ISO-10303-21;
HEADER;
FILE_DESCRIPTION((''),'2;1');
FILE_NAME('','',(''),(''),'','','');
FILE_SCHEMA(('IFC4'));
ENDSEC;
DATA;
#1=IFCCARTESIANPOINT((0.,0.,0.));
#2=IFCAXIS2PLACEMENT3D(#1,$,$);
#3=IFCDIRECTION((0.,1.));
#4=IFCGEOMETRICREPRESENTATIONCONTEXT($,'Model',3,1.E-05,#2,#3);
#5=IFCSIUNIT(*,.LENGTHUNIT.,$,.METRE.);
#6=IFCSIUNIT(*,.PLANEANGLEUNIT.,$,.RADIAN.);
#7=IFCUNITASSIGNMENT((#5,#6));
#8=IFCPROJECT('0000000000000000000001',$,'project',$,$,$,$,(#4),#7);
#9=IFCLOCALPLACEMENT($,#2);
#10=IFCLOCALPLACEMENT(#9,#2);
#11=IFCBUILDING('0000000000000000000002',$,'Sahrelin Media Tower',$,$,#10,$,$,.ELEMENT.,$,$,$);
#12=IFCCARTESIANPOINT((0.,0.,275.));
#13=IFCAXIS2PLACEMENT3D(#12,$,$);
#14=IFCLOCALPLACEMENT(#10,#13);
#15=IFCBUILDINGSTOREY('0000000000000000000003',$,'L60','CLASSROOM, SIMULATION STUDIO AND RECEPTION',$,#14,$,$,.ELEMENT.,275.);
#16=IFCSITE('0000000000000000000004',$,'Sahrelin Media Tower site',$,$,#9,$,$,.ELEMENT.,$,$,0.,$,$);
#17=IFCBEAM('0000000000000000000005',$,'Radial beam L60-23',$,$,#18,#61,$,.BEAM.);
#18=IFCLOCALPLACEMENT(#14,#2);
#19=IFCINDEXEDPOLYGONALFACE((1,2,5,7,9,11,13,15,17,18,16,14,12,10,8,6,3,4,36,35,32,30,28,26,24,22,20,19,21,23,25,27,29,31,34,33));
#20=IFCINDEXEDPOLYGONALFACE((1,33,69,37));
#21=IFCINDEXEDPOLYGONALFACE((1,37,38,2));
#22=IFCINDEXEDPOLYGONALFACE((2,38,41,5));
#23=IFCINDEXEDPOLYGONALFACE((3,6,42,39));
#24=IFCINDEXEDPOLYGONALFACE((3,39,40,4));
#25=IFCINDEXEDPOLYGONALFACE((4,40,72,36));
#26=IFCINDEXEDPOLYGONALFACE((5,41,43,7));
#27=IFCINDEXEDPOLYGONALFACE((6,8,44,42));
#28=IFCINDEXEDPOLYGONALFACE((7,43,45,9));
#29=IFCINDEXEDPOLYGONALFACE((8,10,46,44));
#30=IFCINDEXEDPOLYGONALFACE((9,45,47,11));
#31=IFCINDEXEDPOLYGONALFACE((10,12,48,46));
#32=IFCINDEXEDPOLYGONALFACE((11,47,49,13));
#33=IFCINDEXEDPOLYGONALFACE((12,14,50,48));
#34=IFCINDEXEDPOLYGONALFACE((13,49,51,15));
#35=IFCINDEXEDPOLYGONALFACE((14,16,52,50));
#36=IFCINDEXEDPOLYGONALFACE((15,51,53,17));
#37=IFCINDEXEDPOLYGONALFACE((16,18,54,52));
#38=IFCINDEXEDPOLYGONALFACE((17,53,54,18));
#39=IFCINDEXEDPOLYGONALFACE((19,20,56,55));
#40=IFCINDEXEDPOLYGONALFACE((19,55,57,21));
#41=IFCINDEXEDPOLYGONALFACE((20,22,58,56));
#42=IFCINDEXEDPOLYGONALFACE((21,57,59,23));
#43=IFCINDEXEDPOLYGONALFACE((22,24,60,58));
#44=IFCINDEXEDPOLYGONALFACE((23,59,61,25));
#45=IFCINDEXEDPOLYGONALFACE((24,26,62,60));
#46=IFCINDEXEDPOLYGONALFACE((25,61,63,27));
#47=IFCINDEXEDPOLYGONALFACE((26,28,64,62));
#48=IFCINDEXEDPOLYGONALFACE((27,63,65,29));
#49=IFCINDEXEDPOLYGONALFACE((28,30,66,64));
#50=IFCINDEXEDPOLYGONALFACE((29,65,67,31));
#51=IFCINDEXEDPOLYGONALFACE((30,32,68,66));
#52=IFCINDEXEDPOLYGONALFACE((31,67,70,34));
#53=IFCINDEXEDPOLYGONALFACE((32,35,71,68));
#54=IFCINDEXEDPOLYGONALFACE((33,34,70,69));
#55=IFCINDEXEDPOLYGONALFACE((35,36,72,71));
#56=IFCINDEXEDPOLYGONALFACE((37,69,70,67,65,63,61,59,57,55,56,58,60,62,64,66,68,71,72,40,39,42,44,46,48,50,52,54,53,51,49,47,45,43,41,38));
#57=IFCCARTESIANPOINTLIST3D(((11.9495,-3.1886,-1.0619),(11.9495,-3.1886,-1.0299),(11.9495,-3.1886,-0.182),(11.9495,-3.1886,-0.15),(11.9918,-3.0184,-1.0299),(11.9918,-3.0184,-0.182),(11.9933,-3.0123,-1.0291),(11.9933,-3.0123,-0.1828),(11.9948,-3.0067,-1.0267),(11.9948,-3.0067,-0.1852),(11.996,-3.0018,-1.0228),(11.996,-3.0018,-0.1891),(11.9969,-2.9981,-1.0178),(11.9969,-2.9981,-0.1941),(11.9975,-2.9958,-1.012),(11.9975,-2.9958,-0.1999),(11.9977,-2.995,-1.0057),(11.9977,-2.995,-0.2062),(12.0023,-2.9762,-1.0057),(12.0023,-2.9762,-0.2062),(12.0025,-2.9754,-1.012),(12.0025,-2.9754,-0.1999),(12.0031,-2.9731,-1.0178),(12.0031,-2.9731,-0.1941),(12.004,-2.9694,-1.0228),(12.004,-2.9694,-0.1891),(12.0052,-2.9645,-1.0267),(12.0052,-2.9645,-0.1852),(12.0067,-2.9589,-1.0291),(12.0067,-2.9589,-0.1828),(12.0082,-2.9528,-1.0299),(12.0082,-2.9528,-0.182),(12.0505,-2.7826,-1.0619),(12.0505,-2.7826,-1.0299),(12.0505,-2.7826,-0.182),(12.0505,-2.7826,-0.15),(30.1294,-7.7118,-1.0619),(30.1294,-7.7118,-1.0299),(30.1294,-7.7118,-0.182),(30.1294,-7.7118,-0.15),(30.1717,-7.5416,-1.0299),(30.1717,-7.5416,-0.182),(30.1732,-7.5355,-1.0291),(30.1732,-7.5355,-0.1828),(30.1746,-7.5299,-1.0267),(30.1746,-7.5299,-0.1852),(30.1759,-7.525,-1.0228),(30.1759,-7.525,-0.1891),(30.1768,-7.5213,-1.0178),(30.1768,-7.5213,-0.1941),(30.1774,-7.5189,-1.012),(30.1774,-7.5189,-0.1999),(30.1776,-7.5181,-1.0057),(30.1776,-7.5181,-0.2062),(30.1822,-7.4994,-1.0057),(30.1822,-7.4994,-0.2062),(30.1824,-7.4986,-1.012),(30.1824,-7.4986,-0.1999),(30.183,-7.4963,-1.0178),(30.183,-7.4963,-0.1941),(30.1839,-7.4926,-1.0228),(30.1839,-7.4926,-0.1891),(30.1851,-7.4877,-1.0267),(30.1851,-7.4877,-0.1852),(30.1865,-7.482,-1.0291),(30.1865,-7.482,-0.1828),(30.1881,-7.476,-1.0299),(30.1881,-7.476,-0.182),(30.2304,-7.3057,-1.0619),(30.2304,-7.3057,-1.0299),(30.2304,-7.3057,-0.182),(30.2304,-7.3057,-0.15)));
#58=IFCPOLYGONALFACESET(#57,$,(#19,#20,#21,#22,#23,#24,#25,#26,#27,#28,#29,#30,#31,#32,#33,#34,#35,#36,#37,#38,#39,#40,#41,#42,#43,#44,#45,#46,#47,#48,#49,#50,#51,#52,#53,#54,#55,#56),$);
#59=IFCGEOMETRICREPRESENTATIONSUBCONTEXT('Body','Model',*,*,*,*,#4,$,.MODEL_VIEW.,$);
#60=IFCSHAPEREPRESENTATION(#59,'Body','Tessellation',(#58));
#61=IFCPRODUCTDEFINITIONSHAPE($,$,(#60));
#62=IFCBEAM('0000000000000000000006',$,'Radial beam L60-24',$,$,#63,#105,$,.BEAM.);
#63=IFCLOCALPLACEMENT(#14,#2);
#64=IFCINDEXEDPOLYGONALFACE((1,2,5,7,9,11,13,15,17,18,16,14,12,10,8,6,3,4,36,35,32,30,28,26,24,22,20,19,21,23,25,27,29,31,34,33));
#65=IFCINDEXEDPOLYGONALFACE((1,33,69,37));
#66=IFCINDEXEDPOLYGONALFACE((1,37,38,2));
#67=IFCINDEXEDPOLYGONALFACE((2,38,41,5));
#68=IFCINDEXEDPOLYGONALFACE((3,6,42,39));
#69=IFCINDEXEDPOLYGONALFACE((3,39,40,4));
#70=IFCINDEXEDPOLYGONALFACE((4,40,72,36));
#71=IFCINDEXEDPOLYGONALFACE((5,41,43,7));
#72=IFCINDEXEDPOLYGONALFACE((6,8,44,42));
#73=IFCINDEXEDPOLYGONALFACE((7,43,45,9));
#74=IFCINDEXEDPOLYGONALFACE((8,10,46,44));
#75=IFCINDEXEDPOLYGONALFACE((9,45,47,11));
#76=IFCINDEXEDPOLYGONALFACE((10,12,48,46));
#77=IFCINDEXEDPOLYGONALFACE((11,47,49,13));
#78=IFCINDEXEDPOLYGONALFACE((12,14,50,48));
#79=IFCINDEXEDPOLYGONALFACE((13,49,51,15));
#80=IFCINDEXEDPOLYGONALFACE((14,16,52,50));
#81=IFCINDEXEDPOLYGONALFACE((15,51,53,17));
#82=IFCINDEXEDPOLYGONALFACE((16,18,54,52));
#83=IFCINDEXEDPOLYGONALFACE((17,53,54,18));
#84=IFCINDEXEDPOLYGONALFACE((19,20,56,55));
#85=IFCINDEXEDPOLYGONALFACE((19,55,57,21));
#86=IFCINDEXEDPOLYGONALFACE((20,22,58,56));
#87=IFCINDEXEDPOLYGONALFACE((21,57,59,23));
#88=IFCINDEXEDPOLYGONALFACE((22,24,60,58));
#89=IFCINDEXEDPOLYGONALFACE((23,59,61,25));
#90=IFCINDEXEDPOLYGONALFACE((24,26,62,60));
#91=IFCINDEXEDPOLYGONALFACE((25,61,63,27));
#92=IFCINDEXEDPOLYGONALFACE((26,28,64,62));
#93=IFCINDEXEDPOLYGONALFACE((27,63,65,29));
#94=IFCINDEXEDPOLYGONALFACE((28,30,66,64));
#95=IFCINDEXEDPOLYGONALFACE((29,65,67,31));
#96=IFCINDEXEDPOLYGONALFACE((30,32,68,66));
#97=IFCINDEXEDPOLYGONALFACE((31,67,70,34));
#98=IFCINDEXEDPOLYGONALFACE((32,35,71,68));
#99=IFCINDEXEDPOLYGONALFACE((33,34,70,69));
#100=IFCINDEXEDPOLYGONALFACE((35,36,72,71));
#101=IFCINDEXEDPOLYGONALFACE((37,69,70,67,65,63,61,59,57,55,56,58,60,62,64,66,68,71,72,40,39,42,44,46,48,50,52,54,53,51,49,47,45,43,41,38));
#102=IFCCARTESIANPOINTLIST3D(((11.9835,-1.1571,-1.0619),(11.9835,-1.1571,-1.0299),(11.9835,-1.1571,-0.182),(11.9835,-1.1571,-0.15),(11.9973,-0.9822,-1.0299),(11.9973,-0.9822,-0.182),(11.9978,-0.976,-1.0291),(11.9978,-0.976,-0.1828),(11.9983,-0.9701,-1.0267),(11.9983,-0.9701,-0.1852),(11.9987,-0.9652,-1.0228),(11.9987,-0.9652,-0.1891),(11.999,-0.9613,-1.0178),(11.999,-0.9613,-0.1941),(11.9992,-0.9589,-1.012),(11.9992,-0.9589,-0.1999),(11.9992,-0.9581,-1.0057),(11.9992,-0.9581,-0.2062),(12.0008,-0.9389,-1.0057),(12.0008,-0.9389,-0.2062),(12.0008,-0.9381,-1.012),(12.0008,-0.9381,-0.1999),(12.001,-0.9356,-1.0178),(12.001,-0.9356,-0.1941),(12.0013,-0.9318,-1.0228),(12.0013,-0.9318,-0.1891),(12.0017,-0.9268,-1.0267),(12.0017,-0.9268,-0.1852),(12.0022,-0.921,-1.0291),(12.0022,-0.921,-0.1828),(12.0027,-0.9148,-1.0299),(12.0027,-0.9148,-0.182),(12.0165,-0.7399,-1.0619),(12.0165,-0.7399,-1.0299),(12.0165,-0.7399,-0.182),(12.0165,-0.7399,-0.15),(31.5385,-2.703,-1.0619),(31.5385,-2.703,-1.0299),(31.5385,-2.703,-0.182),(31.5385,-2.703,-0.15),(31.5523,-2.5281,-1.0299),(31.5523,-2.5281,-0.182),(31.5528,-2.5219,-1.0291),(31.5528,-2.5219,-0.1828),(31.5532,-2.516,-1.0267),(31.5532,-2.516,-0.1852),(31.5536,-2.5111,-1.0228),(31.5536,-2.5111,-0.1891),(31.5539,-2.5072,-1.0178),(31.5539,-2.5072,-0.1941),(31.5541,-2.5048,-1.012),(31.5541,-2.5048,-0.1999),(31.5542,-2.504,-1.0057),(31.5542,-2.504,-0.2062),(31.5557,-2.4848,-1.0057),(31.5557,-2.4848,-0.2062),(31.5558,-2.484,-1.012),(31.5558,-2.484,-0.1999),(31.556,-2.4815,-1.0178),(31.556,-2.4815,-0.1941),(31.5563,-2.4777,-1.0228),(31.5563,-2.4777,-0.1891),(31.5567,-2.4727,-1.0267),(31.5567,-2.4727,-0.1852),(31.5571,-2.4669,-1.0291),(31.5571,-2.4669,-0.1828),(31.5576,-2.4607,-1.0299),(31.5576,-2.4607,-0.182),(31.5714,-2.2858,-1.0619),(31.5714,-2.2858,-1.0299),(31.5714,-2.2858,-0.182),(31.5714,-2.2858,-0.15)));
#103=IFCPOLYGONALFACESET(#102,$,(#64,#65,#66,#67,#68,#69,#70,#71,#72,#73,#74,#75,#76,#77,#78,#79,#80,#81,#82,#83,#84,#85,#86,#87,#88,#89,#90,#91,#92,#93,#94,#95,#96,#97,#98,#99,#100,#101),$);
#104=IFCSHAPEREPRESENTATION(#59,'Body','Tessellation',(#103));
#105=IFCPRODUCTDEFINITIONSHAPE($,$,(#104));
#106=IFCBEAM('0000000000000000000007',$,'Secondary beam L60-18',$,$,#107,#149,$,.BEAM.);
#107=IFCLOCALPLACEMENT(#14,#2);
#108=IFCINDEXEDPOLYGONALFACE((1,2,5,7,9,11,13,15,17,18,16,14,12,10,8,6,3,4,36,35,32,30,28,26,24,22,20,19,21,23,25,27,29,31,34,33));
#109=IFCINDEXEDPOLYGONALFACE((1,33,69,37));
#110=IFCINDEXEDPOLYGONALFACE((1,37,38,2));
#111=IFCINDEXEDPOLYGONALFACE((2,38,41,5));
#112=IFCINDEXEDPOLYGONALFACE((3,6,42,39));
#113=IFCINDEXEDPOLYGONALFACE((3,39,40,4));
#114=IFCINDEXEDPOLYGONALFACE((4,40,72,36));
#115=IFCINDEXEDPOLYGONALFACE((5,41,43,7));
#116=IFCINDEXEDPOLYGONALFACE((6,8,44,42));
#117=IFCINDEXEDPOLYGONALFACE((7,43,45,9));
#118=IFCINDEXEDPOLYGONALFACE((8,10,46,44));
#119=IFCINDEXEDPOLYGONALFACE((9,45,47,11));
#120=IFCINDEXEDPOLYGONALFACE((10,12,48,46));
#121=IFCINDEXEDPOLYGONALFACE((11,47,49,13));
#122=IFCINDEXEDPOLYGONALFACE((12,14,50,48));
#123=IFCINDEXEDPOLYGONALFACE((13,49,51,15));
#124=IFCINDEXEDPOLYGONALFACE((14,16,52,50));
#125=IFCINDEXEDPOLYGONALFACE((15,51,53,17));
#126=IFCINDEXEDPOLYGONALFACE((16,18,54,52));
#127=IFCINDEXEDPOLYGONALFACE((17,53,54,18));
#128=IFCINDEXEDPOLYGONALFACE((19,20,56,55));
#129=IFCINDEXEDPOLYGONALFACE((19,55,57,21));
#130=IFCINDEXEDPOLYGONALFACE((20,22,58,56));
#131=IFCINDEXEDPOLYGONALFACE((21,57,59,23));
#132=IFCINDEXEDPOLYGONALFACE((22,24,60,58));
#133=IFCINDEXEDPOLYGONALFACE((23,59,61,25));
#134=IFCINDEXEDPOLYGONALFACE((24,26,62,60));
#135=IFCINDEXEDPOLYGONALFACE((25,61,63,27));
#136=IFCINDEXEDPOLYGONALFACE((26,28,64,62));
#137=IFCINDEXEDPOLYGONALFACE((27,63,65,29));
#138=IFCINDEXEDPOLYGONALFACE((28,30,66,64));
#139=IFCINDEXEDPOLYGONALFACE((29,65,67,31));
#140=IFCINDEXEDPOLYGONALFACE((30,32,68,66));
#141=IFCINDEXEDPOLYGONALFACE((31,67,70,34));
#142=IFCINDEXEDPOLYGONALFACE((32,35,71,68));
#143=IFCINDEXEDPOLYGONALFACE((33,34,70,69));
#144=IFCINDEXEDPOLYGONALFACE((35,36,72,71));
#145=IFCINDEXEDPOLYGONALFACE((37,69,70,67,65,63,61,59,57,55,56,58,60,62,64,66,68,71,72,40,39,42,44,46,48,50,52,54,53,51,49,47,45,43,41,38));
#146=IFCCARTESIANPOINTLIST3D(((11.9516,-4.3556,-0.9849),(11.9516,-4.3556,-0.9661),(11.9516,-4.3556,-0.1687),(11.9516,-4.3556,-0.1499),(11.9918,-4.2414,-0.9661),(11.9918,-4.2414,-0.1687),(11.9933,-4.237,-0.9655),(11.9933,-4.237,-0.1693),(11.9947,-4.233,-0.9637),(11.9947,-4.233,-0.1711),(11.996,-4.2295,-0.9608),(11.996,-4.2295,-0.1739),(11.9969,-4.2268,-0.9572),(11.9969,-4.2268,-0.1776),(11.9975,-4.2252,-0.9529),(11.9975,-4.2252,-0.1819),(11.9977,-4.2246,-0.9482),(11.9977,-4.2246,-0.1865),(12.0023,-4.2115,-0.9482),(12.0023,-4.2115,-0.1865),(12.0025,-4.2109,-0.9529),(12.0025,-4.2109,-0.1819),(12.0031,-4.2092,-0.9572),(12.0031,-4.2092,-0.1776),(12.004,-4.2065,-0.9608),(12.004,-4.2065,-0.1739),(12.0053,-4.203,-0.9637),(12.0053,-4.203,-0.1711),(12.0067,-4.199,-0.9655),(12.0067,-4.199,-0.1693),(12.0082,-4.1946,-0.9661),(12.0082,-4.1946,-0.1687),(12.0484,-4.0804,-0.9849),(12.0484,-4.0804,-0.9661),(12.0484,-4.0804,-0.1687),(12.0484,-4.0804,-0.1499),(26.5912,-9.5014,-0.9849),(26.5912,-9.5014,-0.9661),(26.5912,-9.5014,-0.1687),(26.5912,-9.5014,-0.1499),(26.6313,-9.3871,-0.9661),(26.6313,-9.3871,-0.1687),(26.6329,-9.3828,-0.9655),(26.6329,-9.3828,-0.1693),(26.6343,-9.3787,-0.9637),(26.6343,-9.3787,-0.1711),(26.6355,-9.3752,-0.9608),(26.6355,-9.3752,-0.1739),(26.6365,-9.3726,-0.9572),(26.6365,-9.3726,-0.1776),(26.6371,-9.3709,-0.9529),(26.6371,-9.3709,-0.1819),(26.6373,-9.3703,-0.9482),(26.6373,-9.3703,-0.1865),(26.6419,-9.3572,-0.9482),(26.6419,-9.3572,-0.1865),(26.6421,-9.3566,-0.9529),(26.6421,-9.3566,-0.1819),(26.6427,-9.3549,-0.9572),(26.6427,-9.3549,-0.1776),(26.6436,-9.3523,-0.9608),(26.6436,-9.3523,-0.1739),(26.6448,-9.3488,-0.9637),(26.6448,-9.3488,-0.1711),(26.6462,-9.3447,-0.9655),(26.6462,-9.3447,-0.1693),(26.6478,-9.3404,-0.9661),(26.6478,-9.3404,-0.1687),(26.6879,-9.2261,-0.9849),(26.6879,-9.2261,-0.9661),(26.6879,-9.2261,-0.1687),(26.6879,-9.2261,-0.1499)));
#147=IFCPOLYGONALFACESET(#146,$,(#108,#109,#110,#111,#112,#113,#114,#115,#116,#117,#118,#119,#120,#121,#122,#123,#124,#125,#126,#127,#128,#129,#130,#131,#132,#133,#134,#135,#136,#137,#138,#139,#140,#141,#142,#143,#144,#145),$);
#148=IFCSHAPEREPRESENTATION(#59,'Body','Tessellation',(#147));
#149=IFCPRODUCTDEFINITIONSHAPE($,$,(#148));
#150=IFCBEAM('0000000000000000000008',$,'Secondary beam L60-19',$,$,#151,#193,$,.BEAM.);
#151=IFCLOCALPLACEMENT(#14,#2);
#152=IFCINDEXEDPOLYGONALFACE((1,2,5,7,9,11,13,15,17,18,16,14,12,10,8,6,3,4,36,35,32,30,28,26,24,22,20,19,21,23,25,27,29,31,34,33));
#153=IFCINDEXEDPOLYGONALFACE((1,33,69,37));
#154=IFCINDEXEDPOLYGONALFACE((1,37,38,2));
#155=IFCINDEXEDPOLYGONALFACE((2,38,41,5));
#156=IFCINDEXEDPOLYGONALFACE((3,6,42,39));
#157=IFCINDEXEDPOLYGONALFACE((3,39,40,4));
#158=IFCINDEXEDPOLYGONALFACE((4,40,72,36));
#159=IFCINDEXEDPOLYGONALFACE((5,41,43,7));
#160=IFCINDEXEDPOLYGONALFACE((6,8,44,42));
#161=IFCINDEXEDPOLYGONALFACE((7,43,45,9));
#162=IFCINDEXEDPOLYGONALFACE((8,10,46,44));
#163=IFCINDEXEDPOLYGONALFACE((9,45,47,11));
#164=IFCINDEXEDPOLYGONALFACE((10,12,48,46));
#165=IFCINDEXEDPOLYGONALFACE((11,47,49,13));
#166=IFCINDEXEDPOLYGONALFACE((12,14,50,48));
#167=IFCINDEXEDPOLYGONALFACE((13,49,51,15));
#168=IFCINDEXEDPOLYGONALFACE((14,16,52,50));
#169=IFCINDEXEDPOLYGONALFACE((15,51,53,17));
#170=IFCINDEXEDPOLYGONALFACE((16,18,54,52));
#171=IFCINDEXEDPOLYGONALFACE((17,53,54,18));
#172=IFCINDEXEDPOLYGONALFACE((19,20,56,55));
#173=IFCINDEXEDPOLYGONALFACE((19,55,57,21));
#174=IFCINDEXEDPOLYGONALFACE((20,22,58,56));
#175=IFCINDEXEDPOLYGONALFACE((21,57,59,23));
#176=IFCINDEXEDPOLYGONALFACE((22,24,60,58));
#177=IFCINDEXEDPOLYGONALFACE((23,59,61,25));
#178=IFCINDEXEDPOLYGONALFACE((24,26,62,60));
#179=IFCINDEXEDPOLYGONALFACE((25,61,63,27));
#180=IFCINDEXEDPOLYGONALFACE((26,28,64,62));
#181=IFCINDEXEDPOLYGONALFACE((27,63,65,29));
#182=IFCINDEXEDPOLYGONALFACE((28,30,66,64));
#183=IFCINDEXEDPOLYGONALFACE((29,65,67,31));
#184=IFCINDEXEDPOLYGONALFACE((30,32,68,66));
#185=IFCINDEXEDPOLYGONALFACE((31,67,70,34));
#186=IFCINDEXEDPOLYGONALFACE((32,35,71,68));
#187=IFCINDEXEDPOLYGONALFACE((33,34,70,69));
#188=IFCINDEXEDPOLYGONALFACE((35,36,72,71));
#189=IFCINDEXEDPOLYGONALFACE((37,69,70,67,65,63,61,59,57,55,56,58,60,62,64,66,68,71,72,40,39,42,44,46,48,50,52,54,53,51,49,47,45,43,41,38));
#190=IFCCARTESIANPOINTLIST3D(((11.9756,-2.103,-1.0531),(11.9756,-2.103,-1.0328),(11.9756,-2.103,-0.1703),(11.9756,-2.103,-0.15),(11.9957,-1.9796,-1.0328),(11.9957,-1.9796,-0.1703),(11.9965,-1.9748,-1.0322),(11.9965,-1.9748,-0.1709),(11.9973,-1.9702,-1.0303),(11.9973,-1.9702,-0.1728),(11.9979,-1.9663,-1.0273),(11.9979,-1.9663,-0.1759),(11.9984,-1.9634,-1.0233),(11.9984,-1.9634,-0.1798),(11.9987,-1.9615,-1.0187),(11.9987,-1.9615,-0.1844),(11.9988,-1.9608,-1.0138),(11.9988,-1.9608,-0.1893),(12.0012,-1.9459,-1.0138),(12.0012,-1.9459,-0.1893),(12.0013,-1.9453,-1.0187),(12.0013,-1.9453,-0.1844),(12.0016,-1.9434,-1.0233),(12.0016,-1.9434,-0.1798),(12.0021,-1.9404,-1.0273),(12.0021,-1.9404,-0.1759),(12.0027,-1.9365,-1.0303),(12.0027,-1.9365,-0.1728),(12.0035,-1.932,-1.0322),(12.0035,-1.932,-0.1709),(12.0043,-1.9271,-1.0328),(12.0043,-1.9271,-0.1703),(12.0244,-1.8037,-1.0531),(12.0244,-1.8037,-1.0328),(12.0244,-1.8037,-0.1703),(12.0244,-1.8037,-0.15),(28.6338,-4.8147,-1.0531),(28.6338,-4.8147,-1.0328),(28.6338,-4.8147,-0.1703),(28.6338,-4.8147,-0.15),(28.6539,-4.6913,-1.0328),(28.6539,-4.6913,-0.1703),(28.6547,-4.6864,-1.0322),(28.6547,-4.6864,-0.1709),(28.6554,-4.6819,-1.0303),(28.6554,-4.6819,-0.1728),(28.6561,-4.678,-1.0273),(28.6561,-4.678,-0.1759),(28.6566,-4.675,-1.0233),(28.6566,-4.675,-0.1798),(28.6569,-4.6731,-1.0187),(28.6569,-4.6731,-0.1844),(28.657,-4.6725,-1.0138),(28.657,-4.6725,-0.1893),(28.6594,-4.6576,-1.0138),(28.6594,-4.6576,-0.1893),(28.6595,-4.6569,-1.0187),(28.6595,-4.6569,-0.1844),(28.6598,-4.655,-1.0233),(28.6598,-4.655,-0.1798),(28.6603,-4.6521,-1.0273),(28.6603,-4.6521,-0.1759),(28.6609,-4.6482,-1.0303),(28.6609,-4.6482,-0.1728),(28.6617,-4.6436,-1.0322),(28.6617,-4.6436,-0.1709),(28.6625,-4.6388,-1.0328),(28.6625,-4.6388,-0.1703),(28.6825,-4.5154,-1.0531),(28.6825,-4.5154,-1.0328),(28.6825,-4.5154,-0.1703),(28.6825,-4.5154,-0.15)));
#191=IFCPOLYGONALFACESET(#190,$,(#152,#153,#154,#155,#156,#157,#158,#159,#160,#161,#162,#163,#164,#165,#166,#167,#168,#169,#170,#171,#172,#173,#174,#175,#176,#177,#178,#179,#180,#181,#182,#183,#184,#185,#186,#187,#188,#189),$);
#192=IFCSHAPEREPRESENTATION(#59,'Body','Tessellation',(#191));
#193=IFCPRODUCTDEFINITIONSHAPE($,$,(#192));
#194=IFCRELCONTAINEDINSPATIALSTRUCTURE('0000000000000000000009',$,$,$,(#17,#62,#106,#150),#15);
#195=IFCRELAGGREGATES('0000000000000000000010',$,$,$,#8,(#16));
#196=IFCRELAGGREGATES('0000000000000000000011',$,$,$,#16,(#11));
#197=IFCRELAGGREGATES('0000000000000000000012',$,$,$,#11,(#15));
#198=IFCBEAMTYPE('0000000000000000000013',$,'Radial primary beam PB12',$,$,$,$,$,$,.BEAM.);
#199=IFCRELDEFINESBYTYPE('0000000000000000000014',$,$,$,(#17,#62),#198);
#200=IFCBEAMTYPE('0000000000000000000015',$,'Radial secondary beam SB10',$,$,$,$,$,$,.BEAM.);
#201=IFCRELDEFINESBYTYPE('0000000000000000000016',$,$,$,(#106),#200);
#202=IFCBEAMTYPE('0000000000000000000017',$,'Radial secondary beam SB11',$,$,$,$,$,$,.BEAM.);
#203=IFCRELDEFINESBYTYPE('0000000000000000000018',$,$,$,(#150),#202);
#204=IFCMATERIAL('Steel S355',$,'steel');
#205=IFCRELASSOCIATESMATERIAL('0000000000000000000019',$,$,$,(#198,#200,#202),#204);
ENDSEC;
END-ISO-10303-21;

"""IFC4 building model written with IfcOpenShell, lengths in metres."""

from ifc_helpers import new_model, si_unit, direction, frame, origin, origin_2d, place, context, subcontext, project, spatial, i_section, extrude, material, material_profile, profile_set, type_object, element, save


model = new_model("IFC4")

# Units and contexts
model_context = context("Model", 3, precision=1e-05, world=origin(), true_north=direction((0.0, 1.0)))
body_context = subcontext(model_context, "Body", "Model", "MODEL_VIEW")
ifc_project = project(units=[si_unit("LENGTHUNIT", "METRE"), si_unit("PLANEANGLEUNIT", "RADIAN")], contexts=[model_context])

# Site, building, storey
site_placement = place(None, origin())
site = spatial("IfcSite", under=ifc_project, at=site_placement, Name="Sahrelin Media Tower site", CompositionType="ELEMENT", RefElevation=0.0)
building_placement = place(site_placement, origin())
building = spatial("IfcBuilding", under=site, at=building_placement, Name="Sahrelin Media Tower", CompositionType="ELEMENT")
storey_placement = place(building_placement, frame((0.0, 0.0, 275.0)))
storey = spatial("IfcBuildingStorey", under=building, at=storey_placement, Name="L60", Description="CLASSROOM, SIMULATION STUDIO AND RECEPTION", CompositionType="ELEMENT", Elevation=275.0)

# Beams
ifc_material_1 = material(Name="Steel S355", Category="steel")
ifc_material_profile_1 = material_profile(ifc_material_1, i_section(OverallWidth=0.4185, OverallDepth=0.9119, WebThickness=0.0193, FlangeThickness=0.032, FilletRadius=0.0242, at=origin_2d()), Name="UB 914x419x343")
ifc_profile_set_1 = profile_set([ifc_material_profile_1], Name="Steel S355")
beam_type_1 = type_object("IfcBeamType", Name="Radial primary beam PB12", PredefinedType="BEAM", material=ifc_profile_set_1)
beam_1_placement = place(storey_placement, frame((12.0, -2.9856, -0.606), z_axis=(0.970416, -0.241441, 0.0), x_axis=(0.241441, 0.970416, 0.0)))
element("IfcBeam", 1, at=beam_1_placement, inside=storey, type_object=beam_type_1, Name="Radial beam L60-23", PredefinedType="BEAM", context=body_context, shape_type="SweptSolid", body=[
    extrude(i_section(OverallWidth=0.4185, OverallDepth=0.9119, WebThickness=0.0193, FlangeThickness=0.032, FilletRadius=0.0242, at=origin_2d()), origin(), (0.0, 0.0, 1.0), 18.7341),
])
beam_2_placement = place(storey_placement, frame((12.0, -0.9485, -0.606), z_axis=(0.99689, -0.078808, 0.0), x_axis=(0.078808, 0.99689, 0.0)))
element("IfcBeam", 2, at=beam_2_placement, inside=storey, type_object=beam_type_1, Name="Radial beam L60-24", PredefinedType="BEAM", context=body_context, shape_type="SweptSolid", body=[
    extrude(i_section(OverallWidth=0.4185, OverallDepth=0.9119, WebThickness=0.0193, FlangeThickness=0.032, FilletRadius=0.0242, at=origin_2d()), origin(), (0.0, 0.0, 1.0), 19.616),
])
ifc_material_profile_2 = material_profile(ifc_material_1, i_section(OverallWidth=0.2917, OverallDepth=0.835, WebThickness=0.0139, FlangeThickness=0.0188, FilletRadius=0.0178, at=origin_2d()), Name="UB 838x292x176")
ifc_profile_set_2 = profile_set([ifc_material_profile_2], Name="Steel S355")
beam_type_2 = type_object("IfcBeamType", Name="Radial secondary beam SB10", PredefinedType="BEAM", material=ifc_profile_set_2)
beam_3_placement = place(storey_placement, frame((12.0, -4.218, -0.5674), z_axis=(0.943418, -0.331606, 0.0), x_axis=(0.331606, 0.943418, 0.0)))
element("IfcBeam", 3, at=beam_3_placement, inside=storey, type_object=beam_type_2, Name="Secondary beam L60-18", PredefinedType="BEAM", context=body_context, shape_type="SweptSolid", body=[
    extrude(i_section(OverallWidth=0.2917, OverallDepth=0.835, WebThickness=0.0139, FlangeThickness=0.0188, FilletRadius=0.0178, at=origin_2d()), origin(), (0.0, 0.0, 1.0), 15.5176),
])
ifc_material_profile_3 = material_profile(ifc_material_1, i_section(OverallWidth=0.3032, OverallDepth=0.9031, WebThickness=0.0151, FlangeThickness=0.0203, FilletRadius=0.019, at=origin_2d()), Name="UB 914x305x201")
ifc_profile_set_3 = profile_set([ifc_material_profile_3], Name="Steel S355")
beam_type_3 = type_object("IfcBeamType", Name="Radial secondary beam SB11", PredefinedType="BEAM", material=ifc_profile_set_3)
beam_4_placement = place(storey_placement, frame((12.0, -1.9534, -0.6016), z_axis=(0.987008, -0.160668, 0.0), x_axis=(0.160668, 0.987008, 0.0)))
element("IfcBeam", 4, at=beam_4_placement, inside=storey, type_object=beam_type_3, Name="Secondary beam L60-19", PredefinedType="BEAM", context=body_context, shape_type="SweptSolid", body=[
    extrude(i_section(OverallWidth=0.3032, OverallDepth=0.9031, WebThickness=0.0151, FlangeThickness=0.0203, FilletRadius=0.019, at=origin_2d()), origin(), (0.0, 0.0, 1.0), 16.8774),
])

save(model, "model.ifc")
